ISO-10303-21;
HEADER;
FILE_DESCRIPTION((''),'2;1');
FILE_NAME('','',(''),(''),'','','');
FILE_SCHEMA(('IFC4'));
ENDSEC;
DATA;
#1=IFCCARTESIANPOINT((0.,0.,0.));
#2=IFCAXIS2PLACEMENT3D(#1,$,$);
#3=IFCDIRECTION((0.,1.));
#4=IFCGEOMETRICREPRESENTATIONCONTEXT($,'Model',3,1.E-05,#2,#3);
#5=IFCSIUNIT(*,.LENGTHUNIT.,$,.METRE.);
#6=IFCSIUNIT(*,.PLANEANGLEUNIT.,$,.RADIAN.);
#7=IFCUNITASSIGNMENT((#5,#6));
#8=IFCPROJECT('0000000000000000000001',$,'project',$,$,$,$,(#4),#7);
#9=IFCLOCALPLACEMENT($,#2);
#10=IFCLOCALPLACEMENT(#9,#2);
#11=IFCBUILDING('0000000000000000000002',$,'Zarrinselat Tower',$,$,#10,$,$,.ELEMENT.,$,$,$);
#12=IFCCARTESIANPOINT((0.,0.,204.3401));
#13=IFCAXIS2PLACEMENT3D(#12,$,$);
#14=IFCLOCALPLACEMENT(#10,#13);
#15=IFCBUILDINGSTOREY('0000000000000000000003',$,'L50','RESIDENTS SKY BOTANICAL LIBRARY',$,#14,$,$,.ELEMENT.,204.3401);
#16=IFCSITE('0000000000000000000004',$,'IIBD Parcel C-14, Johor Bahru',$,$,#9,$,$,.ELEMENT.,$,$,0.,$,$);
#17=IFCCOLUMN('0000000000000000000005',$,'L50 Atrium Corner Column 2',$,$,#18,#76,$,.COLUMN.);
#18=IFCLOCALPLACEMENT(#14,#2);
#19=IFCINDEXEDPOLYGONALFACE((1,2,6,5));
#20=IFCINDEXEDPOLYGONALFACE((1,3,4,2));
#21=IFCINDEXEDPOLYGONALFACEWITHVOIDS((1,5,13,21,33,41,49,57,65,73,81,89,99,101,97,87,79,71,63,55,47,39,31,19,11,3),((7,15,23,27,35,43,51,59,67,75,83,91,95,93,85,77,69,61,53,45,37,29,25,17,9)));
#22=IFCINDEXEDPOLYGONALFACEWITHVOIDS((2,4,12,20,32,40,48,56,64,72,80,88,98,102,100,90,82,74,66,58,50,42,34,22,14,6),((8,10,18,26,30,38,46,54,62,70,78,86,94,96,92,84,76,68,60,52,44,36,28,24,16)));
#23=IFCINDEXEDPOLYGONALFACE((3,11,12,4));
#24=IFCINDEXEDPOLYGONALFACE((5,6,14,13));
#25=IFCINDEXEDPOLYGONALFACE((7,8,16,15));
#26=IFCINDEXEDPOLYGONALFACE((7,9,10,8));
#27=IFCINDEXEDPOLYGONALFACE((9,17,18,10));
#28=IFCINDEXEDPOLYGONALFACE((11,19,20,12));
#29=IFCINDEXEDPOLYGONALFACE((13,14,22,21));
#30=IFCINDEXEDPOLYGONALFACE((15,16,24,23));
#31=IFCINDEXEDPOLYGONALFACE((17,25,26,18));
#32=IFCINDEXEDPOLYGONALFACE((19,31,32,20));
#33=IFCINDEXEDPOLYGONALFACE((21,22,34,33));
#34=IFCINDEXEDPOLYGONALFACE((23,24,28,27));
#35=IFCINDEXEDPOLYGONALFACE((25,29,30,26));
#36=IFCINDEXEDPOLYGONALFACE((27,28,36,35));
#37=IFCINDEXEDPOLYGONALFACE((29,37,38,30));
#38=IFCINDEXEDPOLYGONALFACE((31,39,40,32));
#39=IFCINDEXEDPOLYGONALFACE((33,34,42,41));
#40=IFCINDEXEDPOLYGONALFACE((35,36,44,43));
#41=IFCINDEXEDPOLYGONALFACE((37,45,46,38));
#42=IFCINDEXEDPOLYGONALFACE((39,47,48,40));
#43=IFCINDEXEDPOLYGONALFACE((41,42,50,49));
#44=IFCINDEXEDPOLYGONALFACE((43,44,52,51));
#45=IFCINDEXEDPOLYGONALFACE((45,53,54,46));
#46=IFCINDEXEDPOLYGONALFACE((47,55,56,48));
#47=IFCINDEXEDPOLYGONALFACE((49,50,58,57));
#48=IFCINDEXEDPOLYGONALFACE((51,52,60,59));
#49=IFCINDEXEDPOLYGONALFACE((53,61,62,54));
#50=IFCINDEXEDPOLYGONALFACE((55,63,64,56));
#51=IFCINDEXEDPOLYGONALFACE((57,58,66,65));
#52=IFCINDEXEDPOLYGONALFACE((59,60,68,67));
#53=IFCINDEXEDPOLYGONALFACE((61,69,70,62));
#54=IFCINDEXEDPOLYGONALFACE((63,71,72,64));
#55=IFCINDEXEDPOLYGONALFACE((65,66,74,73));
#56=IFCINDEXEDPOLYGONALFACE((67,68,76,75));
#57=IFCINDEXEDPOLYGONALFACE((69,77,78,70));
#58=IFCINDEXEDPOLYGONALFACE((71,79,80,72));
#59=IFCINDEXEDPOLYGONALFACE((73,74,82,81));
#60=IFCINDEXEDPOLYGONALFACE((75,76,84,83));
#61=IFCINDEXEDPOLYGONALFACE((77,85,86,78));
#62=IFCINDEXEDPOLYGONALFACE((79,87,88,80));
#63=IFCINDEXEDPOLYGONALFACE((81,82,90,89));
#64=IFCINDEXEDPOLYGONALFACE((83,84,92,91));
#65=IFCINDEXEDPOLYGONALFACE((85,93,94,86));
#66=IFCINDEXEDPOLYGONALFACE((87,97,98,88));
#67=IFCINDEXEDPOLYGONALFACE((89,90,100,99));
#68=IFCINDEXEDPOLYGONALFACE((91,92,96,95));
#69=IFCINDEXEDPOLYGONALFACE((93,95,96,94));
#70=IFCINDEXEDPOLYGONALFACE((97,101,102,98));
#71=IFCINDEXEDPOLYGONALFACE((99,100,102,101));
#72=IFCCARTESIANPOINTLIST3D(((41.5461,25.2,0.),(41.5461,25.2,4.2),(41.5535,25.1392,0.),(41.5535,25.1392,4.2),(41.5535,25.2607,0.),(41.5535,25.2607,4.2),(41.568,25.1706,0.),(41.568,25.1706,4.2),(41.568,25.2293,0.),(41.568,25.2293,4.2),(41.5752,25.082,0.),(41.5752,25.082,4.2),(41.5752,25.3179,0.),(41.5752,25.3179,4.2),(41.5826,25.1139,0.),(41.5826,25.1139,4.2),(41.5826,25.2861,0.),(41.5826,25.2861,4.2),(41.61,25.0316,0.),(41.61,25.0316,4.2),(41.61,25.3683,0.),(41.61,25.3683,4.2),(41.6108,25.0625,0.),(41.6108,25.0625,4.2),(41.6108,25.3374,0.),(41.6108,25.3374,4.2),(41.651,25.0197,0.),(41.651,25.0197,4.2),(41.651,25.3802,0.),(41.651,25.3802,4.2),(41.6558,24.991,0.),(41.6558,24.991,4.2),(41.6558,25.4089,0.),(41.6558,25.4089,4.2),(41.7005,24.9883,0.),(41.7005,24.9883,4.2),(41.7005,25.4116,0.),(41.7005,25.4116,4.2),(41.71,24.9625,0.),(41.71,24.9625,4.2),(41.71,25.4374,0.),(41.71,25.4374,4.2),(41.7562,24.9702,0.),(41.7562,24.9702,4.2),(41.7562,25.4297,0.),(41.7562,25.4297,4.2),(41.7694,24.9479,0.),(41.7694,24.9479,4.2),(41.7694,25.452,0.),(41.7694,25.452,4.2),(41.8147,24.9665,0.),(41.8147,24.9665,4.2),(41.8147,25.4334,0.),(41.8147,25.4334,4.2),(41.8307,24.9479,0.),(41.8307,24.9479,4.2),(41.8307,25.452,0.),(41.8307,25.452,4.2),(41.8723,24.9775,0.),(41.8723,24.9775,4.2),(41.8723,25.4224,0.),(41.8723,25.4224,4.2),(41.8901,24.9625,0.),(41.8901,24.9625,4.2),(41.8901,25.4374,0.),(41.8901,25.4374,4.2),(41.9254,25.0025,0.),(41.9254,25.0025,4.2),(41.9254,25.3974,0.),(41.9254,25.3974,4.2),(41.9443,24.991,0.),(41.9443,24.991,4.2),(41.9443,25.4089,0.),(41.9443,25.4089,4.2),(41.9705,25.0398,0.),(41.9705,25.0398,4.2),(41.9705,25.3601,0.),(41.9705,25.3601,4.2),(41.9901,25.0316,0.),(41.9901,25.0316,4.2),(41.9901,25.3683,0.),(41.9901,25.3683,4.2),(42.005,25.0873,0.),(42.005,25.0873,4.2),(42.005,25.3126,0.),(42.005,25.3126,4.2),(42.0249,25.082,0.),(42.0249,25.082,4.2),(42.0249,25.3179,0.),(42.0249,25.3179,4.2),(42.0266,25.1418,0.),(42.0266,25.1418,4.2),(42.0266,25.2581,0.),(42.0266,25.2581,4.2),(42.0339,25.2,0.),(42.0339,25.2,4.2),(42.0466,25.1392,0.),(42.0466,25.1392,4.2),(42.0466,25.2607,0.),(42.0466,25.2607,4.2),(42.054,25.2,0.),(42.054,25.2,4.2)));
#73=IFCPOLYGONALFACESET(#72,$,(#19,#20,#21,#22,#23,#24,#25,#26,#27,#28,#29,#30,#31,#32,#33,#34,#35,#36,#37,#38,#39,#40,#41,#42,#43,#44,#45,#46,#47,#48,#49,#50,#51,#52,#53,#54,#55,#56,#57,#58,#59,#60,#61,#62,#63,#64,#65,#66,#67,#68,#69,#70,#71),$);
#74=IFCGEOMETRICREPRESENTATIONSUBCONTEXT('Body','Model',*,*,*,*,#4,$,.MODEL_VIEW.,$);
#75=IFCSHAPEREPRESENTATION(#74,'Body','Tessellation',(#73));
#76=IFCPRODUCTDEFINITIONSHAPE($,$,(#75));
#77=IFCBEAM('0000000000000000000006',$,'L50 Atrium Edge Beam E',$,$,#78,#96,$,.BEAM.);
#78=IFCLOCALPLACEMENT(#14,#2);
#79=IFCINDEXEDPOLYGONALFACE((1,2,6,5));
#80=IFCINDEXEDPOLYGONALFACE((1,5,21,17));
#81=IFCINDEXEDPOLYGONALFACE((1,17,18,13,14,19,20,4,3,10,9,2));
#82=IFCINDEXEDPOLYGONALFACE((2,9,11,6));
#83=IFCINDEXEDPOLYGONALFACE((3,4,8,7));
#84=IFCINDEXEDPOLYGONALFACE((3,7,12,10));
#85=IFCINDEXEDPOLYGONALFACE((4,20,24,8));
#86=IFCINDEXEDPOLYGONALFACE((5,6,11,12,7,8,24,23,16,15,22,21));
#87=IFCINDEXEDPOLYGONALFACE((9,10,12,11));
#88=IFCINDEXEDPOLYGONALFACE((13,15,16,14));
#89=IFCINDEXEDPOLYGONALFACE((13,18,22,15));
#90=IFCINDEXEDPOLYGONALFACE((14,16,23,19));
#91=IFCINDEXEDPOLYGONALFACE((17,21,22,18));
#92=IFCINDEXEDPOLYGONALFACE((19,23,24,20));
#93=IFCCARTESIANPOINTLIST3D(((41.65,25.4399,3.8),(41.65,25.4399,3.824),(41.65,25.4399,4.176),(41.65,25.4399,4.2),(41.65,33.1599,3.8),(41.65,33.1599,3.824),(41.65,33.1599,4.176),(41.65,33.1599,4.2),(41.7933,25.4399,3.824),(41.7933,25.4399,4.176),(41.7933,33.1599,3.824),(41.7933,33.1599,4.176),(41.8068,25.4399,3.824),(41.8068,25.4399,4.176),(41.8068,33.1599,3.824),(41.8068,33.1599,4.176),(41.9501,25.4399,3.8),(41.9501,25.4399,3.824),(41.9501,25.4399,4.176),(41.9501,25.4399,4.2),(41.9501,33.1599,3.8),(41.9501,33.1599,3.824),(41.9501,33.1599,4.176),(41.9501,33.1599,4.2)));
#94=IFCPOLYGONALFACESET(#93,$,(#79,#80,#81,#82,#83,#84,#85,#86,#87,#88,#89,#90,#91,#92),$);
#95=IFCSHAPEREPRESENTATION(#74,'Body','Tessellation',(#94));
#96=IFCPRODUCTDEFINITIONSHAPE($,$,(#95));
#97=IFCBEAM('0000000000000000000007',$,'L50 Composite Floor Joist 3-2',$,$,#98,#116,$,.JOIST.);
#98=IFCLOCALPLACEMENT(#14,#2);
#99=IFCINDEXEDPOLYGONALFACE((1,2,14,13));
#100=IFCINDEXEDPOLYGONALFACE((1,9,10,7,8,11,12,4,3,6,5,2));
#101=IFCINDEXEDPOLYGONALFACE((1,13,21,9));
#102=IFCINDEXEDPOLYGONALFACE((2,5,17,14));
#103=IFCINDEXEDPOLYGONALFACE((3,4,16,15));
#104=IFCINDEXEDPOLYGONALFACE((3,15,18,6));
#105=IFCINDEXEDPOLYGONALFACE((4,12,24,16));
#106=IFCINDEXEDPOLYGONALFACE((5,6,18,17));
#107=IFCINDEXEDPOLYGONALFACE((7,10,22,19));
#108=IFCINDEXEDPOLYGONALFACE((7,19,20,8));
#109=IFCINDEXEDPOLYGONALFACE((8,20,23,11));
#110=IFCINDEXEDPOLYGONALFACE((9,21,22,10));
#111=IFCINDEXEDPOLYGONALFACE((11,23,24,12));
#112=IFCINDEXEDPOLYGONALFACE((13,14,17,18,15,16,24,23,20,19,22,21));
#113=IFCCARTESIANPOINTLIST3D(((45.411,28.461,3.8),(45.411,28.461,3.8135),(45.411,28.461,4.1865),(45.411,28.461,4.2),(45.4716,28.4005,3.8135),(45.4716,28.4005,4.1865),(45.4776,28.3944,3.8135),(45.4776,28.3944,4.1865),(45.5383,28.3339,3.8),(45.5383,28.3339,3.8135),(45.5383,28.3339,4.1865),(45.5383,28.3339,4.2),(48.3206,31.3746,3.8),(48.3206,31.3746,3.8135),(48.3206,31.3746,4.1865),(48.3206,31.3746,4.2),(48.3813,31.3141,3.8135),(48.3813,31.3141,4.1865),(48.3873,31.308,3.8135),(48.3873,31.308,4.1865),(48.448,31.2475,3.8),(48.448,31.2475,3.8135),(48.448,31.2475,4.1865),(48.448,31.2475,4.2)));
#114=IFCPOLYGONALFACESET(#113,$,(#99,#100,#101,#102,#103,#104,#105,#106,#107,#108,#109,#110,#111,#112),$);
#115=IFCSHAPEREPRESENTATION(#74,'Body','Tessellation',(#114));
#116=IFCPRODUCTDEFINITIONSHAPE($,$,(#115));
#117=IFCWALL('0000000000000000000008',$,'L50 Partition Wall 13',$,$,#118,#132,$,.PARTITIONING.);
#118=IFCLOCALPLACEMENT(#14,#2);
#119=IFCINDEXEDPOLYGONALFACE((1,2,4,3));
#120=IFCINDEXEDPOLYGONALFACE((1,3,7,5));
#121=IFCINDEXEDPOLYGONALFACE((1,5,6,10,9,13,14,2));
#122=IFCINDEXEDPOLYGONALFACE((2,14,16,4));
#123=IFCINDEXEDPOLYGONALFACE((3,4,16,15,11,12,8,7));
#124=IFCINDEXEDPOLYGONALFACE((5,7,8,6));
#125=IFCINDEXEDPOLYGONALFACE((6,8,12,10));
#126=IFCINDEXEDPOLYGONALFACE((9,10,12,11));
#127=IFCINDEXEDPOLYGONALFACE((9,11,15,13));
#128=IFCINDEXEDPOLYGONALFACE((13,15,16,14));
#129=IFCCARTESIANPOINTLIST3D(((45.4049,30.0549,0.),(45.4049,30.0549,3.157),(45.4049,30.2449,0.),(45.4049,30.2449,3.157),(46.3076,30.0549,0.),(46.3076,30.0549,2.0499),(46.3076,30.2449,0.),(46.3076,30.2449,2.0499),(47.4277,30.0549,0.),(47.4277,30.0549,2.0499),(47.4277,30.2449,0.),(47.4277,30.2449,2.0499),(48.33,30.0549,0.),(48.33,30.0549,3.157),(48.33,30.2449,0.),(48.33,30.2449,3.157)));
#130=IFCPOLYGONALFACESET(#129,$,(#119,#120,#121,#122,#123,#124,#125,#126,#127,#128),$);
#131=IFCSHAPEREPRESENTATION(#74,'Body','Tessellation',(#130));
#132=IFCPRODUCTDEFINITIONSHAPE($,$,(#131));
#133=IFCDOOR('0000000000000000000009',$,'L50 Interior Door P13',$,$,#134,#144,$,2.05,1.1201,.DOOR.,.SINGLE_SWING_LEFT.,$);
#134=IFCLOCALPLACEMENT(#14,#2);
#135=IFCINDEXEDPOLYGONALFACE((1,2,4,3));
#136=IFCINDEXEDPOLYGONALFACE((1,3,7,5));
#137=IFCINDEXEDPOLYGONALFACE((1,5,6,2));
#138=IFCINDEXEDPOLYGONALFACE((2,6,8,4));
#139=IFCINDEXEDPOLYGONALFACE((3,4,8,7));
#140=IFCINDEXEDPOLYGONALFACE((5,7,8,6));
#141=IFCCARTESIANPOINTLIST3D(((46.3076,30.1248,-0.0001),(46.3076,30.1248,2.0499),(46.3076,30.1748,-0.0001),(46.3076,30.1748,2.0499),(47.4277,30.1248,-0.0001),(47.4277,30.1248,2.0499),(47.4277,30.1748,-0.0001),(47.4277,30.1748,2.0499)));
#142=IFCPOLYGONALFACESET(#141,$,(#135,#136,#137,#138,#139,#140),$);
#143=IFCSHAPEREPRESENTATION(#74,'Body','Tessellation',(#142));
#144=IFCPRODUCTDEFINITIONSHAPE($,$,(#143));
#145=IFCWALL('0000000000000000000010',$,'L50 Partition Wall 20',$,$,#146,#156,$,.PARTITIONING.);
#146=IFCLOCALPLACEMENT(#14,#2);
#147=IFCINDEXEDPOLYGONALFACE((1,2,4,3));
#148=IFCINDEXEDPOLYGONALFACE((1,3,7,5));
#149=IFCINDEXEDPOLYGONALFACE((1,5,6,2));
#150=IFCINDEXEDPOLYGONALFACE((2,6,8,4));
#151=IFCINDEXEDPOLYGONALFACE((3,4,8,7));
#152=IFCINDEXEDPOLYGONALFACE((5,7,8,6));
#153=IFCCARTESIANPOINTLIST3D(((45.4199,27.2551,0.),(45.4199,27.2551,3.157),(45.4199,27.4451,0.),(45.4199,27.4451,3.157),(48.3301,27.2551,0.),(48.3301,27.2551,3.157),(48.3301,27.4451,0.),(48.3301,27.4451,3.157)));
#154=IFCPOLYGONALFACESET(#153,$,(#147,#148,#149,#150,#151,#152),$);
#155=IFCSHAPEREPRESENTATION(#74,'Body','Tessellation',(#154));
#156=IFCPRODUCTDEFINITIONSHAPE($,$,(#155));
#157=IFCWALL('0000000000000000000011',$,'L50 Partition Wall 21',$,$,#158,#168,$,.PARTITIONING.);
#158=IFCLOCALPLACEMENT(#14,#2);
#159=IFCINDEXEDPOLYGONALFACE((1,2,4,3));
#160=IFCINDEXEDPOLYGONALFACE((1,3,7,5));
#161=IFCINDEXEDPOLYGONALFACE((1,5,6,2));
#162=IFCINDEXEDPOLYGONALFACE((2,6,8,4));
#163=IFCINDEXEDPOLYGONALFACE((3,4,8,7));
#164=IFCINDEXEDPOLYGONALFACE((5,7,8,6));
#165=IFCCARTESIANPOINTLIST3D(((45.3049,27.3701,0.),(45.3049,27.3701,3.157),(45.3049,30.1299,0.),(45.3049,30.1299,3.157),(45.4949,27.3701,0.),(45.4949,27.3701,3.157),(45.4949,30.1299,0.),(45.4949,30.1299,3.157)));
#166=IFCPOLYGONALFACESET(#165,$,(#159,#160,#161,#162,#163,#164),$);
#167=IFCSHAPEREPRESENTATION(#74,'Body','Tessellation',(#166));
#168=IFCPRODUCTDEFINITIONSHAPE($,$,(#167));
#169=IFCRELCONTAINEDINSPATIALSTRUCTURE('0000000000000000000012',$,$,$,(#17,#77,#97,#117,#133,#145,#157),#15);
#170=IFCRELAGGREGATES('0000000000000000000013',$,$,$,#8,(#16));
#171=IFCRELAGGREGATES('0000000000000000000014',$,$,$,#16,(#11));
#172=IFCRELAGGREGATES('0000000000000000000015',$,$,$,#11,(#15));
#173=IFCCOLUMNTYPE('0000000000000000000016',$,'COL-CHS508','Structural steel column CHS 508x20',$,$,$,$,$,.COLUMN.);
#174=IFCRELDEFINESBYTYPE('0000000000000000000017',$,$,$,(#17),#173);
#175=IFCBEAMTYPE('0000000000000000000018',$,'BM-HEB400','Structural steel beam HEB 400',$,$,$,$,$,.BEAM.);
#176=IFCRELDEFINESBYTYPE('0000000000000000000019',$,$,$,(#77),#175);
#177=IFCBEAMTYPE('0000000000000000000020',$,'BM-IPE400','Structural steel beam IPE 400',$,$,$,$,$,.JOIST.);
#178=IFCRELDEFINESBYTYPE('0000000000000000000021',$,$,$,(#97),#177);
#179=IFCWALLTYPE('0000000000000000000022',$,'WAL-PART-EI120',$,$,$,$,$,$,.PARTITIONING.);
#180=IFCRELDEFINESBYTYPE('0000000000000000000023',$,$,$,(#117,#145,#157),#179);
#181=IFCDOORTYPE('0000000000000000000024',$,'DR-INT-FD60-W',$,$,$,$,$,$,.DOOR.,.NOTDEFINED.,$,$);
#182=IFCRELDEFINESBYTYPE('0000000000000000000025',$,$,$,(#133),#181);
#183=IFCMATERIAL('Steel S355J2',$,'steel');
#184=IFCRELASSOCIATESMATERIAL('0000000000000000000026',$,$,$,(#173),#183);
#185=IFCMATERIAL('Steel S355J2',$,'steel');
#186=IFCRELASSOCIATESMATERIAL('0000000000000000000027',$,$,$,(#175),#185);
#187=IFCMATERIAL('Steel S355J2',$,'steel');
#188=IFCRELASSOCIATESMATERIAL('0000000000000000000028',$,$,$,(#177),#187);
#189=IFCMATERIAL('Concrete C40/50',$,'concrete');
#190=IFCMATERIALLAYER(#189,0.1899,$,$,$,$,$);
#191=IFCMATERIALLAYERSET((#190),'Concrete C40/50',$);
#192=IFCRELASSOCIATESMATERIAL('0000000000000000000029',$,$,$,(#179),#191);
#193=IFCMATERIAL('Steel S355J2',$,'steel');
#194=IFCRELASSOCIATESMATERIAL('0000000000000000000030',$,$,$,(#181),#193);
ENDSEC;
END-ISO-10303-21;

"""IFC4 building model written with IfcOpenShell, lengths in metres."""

from ifc_helpers import new_model, si_unit, direction, frame, frame_2d, origin, origin_2d, place, context, subcontext, project, spatial, rectangle, hollow_circle, i_section, extrude, material, layer, layer_set, material_profile, profile_set, type_object, element, fill, save


model = new_model("IFC4")

# Units and contexts
model_context = context("Model", 3, precision=1e-05, world=origin(), true_north=direction((0.0, 1.0)))
body_context = subcontext(model_context, "Body", "Model", "MODEL_VIEW")
ifc_project = project(units=[si_unit("LENGTHUNIT", "METRE"), si_unit("PLANEANGLEUNIT", "RADIAN")], contexts=[model_context])

# Site, building, storey
site_placement = place(None, origin())
site = spatial("IfcSite", under=ifc_project, at=site_placement, Name="IIBD Parcel C-14, Johor Bahru", CompositionType="ELEMENT", RefElevation=0.0)
building_placement = place(site_placement, origin())
building = spatial("IfcBuilding", under=site, at=building_placement, Name="Zarrinselat Tower", CompositionType="ELEMENT")
storey_placement = place(building_placement, frame((0.0, 0.0, 204.3401)))
storey = spatial("IfcBuildingStorey", under=building, at=storey_placement, Name="L50", Description="RESIDENTS SKY BOTANICAL LIBRARY", CompositionType="ELEMENT", Elevation=204.3401)

# Column
ifc_material_1 = material(Name="Steel S355J2", Category="steel")
ifc_material_profile_1 = material_profile(ifc_material_1, hollow_circle(Radius=0.2539, WallThickness=0.02, at=origin_2d()), Name="CHS 508x20")
ifc_profile_set_1 = profile_set([ifc_material_profile_1], Name="Steel S355J2")
column_type = type_object("IfcColumnType", Name="COL-CHS508", Description="Structural steel column CHS 508x20", PredefinedType="COLUMN", material=ifc_profile_set_1)
column_placement = place(storey_placement, frame((41.8, 25.2, 0.0), z_axis=(0.0, 0.0, 1.0), x_axis=(1.0, 0.0, 0.0)))
element("IfcColumn", 1, at=column_placement, inside=storey, type_object=column_type, Name="L50 Atrium Corner Column 2", PredefinedType="COLUMN", context=body_context, shape_type="SweptSolid", body=[
    extrude(hollow_circle(Radius=0.2539, WallThickness=0.02, at=origin_2d()), origin(), (0.0, 0.0, 1.0), 4.2),
])

# Beams
ifc_material_2 = material(Name="Steel S355J2", Category="steel")
ifc_material_profile_2 = material_profile(ifc_material_2, i_section(OverallWidth=0.3, OverallDepth=0.3999, WebThickness=0.0134, FlangeThickness=0.0239, at=origin_2d()), Name="HEB 400")
ifc_profile_set_2 = profile_set([ifc_material_profile_2], Name="Steel S355J2")
beam_type_1 = type_object("IfcBeamType", Name="BM-HEB400", Description="Structural steel beam HEB 400", PredefinedType="BEAM", material=ifc_profile_set_2)
beam_1_placement = place(storey_placement, frame((41.8, 25.4399, 4.0), z_axis=(0.0, 1.0, 0.0), x_axis=(-1.0, 0.0, 0.0)))
element("IfcBeam", 2, at=beam_1_placement, inside=storey, type_object=beam_type_1, Name="L50 Atrium Edge Beam E", PredefinedType="BEAM", context=body_context, shape_type="SweptSolid", body=[
    extrude(i_section(OverallWidth=0.3, OverallDepth=0.3999, WebThickness=0.0134, FlangeThickness=0.0239, at=origin_2d()), origin(), (0.0, 0.0, 1.0), 7.72),
])
ifc_material_3 = material(Name="Steel S355J2", Category="steel")
ifc_material_profile_3 = material_profile(ifc_material_3, i_section(OverallWidth=0.1799, OverallDepth=0.3999, WebThickness=0.0085, FlangeThickness=0.0134, at=origin_2d()), Name="IPE 400")
ifc_profile_set_3 = profile_set([ifc_material_profile_3], Name="Steel S355J2")
beam_type_2 = type_object("IfcBeamType", Name="BM-IPE400", Description="Structural steel beam IPE 400", PredefinedType="JOIST", material=ifc_profile_set_3)
beam_2_placement = place(storey_placement, frame((45.4746, 28.3975, 4.0), z_axis=(0.706632, 0.707581, 0.0), x_axis=(-0.707581, 0.706632, 0.0)))
element("IfcBeam", 3, at=beam_2_placement, inside=storey, type_object=beam_type_2, Name="L50 Composite Floor Joist 3-2", PredefinedType="JOIST", context=body_context, shape_type="SweptSolid", body=[
    extrude(i_section(OverallWidth=0.1799, OverallDepth=0.3999, WebThickness=0.0085, FlangeThickness=0.0134, at=origin_2d()), origin(), (0.0, 0.0, 1.0), 4.1177),
])

# Wall, opening, door
ifc_material_4 = material(Name="Concrete C40/50", Category="concrete")
ifc_layer_1 = layer(ifc_material_4, 0.1899)
ifc_layer_set_1 = layer_set([ifc_layer_1], Name="Concrete C40/50")
wall_type_1 = type_object("IfcWallType", Name="WAL-PART-EI120", PredefinedType="PARTITIONING", material=ifc_layer_set_1)
wall_1_placement = place(storey_placement, frame((45.405, 30.1499, 0.0), z_axis=(0.0, 0.0, 1.0), x_axis=(1.0, 0.0, 0.0)))
wall_1 = element("IfcWall", 4, at=wall_1_placement, inside=storey, type_object=wall_type_1, Name="L50 Partition Wall 13", PredefinedType="PARTITIONING", context=body_context, shape_type="SweptSolid", body=[
    extrude(rectangle(XDim=2.925, YDim=0.1899, at=frame_2d((1.4624, 0.0))), origin(), (0.0, 0.0, 1.0), 3.157),
])
opening_1_placement = place(wall_1_placement, frame((0.9026, 0.0, 0.0)))
opening_1 = element("IfcOpeningElement", 5, at=opening_1_placement, cuts=wall_1, PredefinedType="OPENING", context=body_context, shape_type="SweptSolid", body=[
    extrude(rectangle(XDim=1.1201, YDim=2.05, at=frame_2d((0.5601, 1.0249))), frame((0.0, 0.105, 0.0), z_axis=(0.0, -1.0, 0.0), x_axis=(1.0, 0.0, 0.0)), (0.0, 0.0, 1.0), 0.21),
])
ifc_material_5 = material(Name="Steel S355J2", Category="steel")
door_type_1 = type_object("IfcDoorType", Name="DR-INT-FD60-W", OperationType="NOTDEFINED", PredefinedType="DOOR", material=ifc_material_5)
door_1_placement = place(opening_1_placement, origin())
door_1 = element("IfcDoor", 6, at=door_1_placement, inside=storey, type_object=door_type_1, Name="L50 Interior Door P13", OperationType="SINGLE_SWING_LEFT", OverallHeight=2.05, OverallWidth=1.1201, PredefinedType="DOOR", context=body_context, shape_type="SweptSolid", body=[
    extrude(rectangle(XDim=1.1201, YDim=2.05, at=frame_2d((0.5601, 1.0249))), frame((0.0, 0.0249, 0.0), z_axis=(0.0, -1.0, 0.0), x_axis=(1.0, 0.0, 0.0)), (0.0, 0.0, 1.0), 0.05),
])
fill(opening_1, door_1)

# Walls
wall_2_placement = place(storey_placement, frame((45.4199, 27.3501, 0.0), z_axis=(0.0, 0.0, 1.0), x_axis=(1.0, 0.0, 0.0)))
element("IfcWall", 7, at=wall_2_placement, inside=storey, type_object=wall_type_1, Name="L50 Partition Wall 20", PredefinedType="PARTITIONING", context=body_context, shape_type="SweptSolid", body=[
    extrude(rectangle(XDim=2.9102, YDim=0.1899, at=frame_2d((1.4551, 0.0))), origin(), (0.0, 0.0, 1.0), 3.157),
])
wall_3_placement = place(storey_placement, frame((45.3999, 27.3701, 0.0), z_axis=(0.0, 0.0, 1.0), x_axis=(0.0, 1.0, 0.0)))
element("IfcWall", 8, at=wall_3_placement, inside=storey, type_object=wall_type_1, Name="L50 Partition Wall 21", PredefinedType="PARTITIONING", context=body_context, shape_type="SweptSolid", body=[
    extrude(rectangle(XDim=2.7598, YDim=0.1899, at=frame_2d((1.3799, 0.0))), origin(), (0.0, 0.0, 1.0), 3.157),
])

save(model, "model.ifc")
